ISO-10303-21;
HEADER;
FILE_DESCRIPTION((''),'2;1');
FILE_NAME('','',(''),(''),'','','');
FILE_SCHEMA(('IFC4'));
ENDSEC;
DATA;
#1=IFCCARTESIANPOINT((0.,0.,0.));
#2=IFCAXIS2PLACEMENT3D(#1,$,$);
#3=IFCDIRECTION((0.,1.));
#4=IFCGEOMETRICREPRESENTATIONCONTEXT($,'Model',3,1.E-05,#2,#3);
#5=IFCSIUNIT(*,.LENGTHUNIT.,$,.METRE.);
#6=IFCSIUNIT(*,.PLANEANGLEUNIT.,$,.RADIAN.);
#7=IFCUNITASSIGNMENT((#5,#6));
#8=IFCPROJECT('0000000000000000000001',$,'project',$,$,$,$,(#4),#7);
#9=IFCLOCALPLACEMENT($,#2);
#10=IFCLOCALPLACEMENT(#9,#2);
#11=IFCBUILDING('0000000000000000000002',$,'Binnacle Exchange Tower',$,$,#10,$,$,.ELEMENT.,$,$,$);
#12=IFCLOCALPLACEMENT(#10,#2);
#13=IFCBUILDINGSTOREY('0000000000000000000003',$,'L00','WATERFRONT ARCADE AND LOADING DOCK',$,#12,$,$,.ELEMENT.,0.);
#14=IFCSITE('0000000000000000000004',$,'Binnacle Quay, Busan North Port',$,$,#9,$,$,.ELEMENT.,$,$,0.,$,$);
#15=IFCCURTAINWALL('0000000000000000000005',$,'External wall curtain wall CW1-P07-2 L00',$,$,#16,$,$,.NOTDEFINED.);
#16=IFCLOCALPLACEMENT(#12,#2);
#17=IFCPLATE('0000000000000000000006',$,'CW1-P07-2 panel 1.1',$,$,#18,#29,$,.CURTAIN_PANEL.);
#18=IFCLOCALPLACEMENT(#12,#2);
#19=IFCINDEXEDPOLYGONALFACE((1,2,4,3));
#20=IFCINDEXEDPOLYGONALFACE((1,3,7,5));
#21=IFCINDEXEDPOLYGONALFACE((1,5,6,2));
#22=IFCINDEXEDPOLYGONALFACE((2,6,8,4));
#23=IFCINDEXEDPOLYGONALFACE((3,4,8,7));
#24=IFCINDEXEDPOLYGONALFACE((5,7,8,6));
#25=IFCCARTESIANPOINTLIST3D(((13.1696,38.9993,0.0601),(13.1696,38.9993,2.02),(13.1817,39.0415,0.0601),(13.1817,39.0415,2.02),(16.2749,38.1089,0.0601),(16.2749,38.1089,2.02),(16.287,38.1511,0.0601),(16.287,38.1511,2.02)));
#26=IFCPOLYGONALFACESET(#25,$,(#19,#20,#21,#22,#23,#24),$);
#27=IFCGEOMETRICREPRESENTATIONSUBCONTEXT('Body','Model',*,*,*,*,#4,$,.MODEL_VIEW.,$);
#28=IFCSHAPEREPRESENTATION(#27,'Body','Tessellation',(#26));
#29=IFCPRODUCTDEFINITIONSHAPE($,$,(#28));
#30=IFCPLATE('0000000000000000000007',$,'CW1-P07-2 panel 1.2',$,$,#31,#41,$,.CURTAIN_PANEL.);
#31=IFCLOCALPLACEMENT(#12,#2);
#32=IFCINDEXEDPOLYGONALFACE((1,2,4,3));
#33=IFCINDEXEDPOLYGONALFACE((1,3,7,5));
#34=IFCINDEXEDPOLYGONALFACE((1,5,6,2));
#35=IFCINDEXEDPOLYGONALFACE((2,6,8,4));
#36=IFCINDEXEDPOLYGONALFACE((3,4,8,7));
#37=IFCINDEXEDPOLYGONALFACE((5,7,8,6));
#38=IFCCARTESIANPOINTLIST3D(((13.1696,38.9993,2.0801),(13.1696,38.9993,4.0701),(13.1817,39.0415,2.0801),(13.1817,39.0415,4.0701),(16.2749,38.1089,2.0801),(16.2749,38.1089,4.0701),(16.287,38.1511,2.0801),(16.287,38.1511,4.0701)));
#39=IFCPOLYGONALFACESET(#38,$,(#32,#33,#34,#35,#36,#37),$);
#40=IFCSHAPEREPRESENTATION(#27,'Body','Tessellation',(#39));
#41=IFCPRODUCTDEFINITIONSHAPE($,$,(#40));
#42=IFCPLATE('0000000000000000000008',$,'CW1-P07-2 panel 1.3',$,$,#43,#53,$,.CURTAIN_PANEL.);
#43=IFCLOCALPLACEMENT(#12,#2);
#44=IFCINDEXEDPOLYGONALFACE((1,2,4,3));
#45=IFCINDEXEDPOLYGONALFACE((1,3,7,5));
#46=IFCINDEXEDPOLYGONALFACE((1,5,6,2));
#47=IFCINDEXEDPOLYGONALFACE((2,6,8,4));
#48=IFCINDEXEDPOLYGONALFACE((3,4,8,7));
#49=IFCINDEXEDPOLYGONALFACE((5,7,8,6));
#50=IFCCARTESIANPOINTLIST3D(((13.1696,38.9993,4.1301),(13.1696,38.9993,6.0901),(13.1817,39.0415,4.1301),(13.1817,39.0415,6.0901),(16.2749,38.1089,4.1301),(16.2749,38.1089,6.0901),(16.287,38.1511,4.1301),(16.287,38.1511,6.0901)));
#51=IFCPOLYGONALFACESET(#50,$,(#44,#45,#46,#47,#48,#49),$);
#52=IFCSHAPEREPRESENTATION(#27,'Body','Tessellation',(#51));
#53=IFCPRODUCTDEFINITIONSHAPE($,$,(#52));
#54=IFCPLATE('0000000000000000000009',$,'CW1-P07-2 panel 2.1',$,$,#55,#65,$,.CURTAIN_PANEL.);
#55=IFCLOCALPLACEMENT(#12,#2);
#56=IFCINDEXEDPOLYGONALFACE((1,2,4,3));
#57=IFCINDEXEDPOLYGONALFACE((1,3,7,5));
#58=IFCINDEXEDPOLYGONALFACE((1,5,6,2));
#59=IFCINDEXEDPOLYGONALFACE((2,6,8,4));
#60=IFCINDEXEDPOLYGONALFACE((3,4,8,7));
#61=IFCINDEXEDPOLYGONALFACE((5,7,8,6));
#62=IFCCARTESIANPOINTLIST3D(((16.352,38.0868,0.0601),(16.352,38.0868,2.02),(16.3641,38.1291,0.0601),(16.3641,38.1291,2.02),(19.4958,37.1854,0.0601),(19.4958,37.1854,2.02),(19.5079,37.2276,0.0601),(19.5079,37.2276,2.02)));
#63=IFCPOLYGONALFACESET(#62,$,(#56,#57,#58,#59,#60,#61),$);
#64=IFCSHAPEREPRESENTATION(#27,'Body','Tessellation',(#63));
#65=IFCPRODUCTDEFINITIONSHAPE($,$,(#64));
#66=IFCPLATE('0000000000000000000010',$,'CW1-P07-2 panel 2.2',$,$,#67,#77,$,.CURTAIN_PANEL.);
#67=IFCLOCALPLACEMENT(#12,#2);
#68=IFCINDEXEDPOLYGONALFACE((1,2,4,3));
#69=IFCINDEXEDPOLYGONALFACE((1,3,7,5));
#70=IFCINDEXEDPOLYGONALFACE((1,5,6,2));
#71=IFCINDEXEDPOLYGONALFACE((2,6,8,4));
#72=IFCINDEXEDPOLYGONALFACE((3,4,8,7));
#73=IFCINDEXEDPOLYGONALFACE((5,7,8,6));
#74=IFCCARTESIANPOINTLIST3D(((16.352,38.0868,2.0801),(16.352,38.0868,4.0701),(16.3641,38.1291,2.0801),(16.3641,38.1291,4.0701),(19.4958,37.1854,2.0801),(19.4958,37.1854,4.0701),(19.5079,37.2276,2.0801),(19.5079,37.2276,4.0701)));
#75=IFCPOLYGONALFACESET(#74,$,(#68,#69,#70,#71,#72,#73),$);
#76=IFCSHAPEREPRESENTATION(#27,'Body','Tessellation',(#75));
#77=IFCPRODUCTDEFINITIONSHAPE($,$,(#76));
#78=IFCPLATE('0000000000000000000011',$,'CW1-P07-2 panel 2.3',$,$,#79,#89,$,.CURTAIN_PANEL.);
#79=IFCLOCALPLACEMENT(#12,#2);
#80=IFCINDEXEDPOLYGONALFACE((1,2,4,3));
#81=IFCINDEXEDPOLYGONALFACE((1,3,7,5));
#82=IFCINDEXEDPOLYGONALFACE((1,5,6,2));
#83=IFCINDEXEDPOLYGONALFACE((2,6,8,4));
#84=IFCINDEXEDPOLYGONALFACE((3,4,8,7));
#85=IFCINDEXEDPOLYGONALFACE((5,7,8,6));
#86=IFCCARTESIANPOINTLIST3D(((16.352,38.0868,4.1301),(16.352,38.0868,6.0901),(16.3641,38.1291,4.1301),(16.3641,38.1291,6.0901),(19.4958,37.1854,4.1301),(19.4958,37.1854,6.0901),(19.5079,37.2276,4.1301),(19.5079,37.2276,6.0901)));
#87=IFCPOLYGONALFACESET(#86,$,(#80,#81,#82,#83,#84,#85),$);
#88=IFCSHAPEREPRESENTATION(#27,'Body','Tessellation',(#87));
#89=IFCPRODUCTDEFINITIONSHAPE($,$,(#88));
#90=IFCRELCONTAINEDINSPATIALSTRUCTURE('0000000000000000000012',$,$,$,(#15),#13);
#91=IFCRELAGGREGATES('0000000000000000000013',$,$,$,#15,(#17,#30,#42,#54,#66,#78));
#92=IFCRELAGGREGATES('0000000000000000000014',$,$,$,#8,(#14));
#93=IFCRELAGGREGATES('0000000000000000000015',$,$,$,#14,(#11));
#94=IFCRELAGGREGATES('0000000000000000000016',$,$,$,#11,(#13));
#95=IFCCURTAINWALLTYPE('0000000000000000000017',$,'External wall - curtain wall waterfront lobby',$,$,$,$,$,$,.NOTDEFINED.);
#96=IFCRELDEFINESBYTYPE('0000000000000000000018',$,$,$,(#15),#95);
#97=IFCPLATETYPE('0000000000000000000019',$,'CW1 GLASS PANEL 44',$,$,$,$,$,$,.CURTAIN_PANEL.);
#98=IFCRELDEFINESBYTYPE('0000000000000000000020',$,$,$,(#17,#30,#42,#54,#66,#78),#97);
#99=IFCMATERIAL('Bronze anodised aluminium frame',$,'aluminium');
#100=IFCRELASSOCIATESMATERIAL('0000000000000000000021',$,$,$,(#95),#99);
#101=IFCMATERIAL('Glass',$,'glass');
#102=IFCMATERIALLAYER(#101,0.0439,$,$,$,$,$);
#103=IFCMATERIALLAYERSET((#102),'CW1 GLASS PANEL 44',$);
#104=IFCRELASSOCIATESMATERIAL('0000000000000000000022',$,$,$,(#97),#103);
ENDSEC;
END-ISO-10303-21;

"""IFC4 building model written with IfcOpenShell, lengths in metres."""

from ifc_helpers import new_model, si_unit, direction, frame, origin, origin_2d, place, context, subcontext, project, spatial, rectangle, extrude, material, layer, layer_set, type_object, element, aggregate, save


model = new_model("IFC4")

# Units and contexts
model_context = context("Model", 3, precision=1e-05, world=origin(), true_north=direction((0.0, 1.0)))
body_context = subcontext(model_context, "Body", "Model", "MODEL_VIEW")
ifc_project = project(units=[si_unit("LENGTHUNIT", "METRE"), si_unit("PLANEANGLEUNIT", "RADIAN")], contexts=[model_context])

# Site, building, storey
site_placement = place(None, origin())
site = spatial("IfcSite", under=ifc_project, at=site_placement, Name="Binnacle Quay, Busan North Port", CompositionType="ELEMENT", RefElevation=0.0)
building_placement = place(site_placement, origin())
building = spatial("IfcBuilding", under=site, at=building_placement, Name="Binnacle Exchange Tower", CompositionType="ELEMENT")
storey_placement = place(building_placement, origin())
storey = spatial("IfcBuildingStorey", under=building, at=storey_placement, Name="L00", Description="WATERFRONT ARCADE AND LOADING DOCK", CompositionType="ELEMENT", Elevation=0.0)

# Curtain wall, plates
ifc_material_1 = material(Name="Bronze anodised aluminium frame", Category="aluminium")
curtain_wall_type = type_object("IfcCurtainWallType", Name="External wall - curtain wall waterfront lobby", PredefinedType="NOTDEFINED", material=ifc_material_1)
curtain_wall_placement = place(storey_placement, origin())
curtain_wall = element("IfcCurtainWall", 1, at=curtain_wall_placement, inside=storey, type_object=curtain_wall_type, Name="External wall curtain wall CW1-P07-2 L00", PredefinedType="NOTDEFINED")
ifc_material_2 = material(Name="Glass", Category="glass")
ifc_layer = layer(ifc_material_2, 0.0439)
ifc_layer_set = layer_set([ifc_layer], Name="CW1 GLASS PANEL 44")
plate_type = type_object("IfcPlateType", Name="CW1 GLASS PANEL 44", PredefinedType="CURTAIN_PANEL", material=ifc_layer_set)
plate_1_placement = place(storey_placement, frame((14.7283, 38.5752, 0.0601), z_axis=(0.0, 0.0, 1.0), x_axis=(0.961262, -0.275637, 0.0)))
plate_1 = element("IfcPlate", 2, at=plate_1_placement, type_object=plate_type, Name="CW1-P07-2 panel 1.1", PredefinedType="CURTAIN_PANEL", context=body_context, shape_type="SweptSolid", body=[
    extrude(rectangle(XDim=3.2305, YDim=0.0439, at=origin_2d()), origin(), (0.0, 0.0, 1.0), 1.96),
])
plate_2_placement = place(storey_placement, frame((14.7283, 38.5752, 2.0801), z_axis=(0.0, 0.0, 1.0), x_axis=(0.961262, -0.275637, 0.0)))
plate_2 = element("IfcPlate", 3, at=plate_2_placement, type_object=plate_type, Name="CW1-P07-2 panel 1.2", PredefinedType="CURTAIN_PANEL", context=body_context, shape_type="SweptSolid", body=[
    extrude(rectangle(XDim=3.2305, YDim=0.0439, at=origin_2d()), origin(), (0.0, 0.0, 1.0), 1.99),
])
plate_3_placement = place(storey_placement, frame((14.7283, 38.5752, 4.1301), z_axis=(0.0, 0.0, 1.0), x_axis=(0.961262, -0.275637, 0.0)))
plate_3 = element("IfcPlate", 4, at=plate_3_placement, type_object=plate_type, Name="CW1-P07-2 panel 1.3", PredefinedType="CURTAIN_PANEL", context=body_context, shape_type="SweptSolid", body=[
    extrude(rectangle(XDim=3.2305, YDim=0.0439, at=origin_2d()), origin(), (0.0, 0.0, 1.0), 1.96),
])
plate_4_placement = place(storey_placement, frame((17.9299, 37.6572, 0.0601), z_axis=(0.0, 0.0, 1.0), x_axis=(0.961262, -0.275637, 0.0)))
plate_4 = element("IfcPlate", 5, at=plate_4_placement, type_object=plate_type, Name="CW1-P07-2 panel 2.1", PredefinedType="CURTAIN_PANEL", context=body_context, shape_type="SweptSolid", body=[
    extrude(rectangle(XDim=3.2705, YDim=0.0439, at=origin_2d()), origin(), (0.0, 0.0, 1.0), 1.96),
])
plate_5_placement = place(storey_placement, frame((17.9299, 37.6572, 2.0801), z_axis=(0.0, 0.0, 1.0), x_axis=(0.961262, -0.275637, 0.0)))
plate_5 = element("IfcPlate", 6, at=plate_5_placement, type_object=plate_type, Name="CW1-P07-2 panel 2.2", PredefinedType="CURTAIN_PANEL", context=body_context, shape_type="SweptSolid", body=[
    extrude(rectangle(XDim=3.2705, YDim=0.0439, at=origin_2d()), origin(), (0.0, 0.0, 1.0), 1.99),
])
plate_6_placement = place(storey_placement, frame((17.9299, 37.6572, 4.1301), z_axis=(0.0, 0.0, 1.0), x_axis=(0.961262, -0.275637, 0.0)))
plate_6 = element("IfcPlate", 7, at=plate_6_placement, type_object=plate_type, Name="CW1-P07-2 panel 2.3", PredefinedType="CURTAIN_PANEL", context=body_context, shape_type="SweptSolid", body=[
    extrude(rectangle(XDim=3.2705, YDim=0.0439, at=origin_2d()), origin(), (0.0, 0.0, 1.0), 1.96),
])
aggregate(curtain_wall, [plate_1, plate_2, plate_3, plate_4, plate_5, plate_6])

save(model, "model.ifc")
